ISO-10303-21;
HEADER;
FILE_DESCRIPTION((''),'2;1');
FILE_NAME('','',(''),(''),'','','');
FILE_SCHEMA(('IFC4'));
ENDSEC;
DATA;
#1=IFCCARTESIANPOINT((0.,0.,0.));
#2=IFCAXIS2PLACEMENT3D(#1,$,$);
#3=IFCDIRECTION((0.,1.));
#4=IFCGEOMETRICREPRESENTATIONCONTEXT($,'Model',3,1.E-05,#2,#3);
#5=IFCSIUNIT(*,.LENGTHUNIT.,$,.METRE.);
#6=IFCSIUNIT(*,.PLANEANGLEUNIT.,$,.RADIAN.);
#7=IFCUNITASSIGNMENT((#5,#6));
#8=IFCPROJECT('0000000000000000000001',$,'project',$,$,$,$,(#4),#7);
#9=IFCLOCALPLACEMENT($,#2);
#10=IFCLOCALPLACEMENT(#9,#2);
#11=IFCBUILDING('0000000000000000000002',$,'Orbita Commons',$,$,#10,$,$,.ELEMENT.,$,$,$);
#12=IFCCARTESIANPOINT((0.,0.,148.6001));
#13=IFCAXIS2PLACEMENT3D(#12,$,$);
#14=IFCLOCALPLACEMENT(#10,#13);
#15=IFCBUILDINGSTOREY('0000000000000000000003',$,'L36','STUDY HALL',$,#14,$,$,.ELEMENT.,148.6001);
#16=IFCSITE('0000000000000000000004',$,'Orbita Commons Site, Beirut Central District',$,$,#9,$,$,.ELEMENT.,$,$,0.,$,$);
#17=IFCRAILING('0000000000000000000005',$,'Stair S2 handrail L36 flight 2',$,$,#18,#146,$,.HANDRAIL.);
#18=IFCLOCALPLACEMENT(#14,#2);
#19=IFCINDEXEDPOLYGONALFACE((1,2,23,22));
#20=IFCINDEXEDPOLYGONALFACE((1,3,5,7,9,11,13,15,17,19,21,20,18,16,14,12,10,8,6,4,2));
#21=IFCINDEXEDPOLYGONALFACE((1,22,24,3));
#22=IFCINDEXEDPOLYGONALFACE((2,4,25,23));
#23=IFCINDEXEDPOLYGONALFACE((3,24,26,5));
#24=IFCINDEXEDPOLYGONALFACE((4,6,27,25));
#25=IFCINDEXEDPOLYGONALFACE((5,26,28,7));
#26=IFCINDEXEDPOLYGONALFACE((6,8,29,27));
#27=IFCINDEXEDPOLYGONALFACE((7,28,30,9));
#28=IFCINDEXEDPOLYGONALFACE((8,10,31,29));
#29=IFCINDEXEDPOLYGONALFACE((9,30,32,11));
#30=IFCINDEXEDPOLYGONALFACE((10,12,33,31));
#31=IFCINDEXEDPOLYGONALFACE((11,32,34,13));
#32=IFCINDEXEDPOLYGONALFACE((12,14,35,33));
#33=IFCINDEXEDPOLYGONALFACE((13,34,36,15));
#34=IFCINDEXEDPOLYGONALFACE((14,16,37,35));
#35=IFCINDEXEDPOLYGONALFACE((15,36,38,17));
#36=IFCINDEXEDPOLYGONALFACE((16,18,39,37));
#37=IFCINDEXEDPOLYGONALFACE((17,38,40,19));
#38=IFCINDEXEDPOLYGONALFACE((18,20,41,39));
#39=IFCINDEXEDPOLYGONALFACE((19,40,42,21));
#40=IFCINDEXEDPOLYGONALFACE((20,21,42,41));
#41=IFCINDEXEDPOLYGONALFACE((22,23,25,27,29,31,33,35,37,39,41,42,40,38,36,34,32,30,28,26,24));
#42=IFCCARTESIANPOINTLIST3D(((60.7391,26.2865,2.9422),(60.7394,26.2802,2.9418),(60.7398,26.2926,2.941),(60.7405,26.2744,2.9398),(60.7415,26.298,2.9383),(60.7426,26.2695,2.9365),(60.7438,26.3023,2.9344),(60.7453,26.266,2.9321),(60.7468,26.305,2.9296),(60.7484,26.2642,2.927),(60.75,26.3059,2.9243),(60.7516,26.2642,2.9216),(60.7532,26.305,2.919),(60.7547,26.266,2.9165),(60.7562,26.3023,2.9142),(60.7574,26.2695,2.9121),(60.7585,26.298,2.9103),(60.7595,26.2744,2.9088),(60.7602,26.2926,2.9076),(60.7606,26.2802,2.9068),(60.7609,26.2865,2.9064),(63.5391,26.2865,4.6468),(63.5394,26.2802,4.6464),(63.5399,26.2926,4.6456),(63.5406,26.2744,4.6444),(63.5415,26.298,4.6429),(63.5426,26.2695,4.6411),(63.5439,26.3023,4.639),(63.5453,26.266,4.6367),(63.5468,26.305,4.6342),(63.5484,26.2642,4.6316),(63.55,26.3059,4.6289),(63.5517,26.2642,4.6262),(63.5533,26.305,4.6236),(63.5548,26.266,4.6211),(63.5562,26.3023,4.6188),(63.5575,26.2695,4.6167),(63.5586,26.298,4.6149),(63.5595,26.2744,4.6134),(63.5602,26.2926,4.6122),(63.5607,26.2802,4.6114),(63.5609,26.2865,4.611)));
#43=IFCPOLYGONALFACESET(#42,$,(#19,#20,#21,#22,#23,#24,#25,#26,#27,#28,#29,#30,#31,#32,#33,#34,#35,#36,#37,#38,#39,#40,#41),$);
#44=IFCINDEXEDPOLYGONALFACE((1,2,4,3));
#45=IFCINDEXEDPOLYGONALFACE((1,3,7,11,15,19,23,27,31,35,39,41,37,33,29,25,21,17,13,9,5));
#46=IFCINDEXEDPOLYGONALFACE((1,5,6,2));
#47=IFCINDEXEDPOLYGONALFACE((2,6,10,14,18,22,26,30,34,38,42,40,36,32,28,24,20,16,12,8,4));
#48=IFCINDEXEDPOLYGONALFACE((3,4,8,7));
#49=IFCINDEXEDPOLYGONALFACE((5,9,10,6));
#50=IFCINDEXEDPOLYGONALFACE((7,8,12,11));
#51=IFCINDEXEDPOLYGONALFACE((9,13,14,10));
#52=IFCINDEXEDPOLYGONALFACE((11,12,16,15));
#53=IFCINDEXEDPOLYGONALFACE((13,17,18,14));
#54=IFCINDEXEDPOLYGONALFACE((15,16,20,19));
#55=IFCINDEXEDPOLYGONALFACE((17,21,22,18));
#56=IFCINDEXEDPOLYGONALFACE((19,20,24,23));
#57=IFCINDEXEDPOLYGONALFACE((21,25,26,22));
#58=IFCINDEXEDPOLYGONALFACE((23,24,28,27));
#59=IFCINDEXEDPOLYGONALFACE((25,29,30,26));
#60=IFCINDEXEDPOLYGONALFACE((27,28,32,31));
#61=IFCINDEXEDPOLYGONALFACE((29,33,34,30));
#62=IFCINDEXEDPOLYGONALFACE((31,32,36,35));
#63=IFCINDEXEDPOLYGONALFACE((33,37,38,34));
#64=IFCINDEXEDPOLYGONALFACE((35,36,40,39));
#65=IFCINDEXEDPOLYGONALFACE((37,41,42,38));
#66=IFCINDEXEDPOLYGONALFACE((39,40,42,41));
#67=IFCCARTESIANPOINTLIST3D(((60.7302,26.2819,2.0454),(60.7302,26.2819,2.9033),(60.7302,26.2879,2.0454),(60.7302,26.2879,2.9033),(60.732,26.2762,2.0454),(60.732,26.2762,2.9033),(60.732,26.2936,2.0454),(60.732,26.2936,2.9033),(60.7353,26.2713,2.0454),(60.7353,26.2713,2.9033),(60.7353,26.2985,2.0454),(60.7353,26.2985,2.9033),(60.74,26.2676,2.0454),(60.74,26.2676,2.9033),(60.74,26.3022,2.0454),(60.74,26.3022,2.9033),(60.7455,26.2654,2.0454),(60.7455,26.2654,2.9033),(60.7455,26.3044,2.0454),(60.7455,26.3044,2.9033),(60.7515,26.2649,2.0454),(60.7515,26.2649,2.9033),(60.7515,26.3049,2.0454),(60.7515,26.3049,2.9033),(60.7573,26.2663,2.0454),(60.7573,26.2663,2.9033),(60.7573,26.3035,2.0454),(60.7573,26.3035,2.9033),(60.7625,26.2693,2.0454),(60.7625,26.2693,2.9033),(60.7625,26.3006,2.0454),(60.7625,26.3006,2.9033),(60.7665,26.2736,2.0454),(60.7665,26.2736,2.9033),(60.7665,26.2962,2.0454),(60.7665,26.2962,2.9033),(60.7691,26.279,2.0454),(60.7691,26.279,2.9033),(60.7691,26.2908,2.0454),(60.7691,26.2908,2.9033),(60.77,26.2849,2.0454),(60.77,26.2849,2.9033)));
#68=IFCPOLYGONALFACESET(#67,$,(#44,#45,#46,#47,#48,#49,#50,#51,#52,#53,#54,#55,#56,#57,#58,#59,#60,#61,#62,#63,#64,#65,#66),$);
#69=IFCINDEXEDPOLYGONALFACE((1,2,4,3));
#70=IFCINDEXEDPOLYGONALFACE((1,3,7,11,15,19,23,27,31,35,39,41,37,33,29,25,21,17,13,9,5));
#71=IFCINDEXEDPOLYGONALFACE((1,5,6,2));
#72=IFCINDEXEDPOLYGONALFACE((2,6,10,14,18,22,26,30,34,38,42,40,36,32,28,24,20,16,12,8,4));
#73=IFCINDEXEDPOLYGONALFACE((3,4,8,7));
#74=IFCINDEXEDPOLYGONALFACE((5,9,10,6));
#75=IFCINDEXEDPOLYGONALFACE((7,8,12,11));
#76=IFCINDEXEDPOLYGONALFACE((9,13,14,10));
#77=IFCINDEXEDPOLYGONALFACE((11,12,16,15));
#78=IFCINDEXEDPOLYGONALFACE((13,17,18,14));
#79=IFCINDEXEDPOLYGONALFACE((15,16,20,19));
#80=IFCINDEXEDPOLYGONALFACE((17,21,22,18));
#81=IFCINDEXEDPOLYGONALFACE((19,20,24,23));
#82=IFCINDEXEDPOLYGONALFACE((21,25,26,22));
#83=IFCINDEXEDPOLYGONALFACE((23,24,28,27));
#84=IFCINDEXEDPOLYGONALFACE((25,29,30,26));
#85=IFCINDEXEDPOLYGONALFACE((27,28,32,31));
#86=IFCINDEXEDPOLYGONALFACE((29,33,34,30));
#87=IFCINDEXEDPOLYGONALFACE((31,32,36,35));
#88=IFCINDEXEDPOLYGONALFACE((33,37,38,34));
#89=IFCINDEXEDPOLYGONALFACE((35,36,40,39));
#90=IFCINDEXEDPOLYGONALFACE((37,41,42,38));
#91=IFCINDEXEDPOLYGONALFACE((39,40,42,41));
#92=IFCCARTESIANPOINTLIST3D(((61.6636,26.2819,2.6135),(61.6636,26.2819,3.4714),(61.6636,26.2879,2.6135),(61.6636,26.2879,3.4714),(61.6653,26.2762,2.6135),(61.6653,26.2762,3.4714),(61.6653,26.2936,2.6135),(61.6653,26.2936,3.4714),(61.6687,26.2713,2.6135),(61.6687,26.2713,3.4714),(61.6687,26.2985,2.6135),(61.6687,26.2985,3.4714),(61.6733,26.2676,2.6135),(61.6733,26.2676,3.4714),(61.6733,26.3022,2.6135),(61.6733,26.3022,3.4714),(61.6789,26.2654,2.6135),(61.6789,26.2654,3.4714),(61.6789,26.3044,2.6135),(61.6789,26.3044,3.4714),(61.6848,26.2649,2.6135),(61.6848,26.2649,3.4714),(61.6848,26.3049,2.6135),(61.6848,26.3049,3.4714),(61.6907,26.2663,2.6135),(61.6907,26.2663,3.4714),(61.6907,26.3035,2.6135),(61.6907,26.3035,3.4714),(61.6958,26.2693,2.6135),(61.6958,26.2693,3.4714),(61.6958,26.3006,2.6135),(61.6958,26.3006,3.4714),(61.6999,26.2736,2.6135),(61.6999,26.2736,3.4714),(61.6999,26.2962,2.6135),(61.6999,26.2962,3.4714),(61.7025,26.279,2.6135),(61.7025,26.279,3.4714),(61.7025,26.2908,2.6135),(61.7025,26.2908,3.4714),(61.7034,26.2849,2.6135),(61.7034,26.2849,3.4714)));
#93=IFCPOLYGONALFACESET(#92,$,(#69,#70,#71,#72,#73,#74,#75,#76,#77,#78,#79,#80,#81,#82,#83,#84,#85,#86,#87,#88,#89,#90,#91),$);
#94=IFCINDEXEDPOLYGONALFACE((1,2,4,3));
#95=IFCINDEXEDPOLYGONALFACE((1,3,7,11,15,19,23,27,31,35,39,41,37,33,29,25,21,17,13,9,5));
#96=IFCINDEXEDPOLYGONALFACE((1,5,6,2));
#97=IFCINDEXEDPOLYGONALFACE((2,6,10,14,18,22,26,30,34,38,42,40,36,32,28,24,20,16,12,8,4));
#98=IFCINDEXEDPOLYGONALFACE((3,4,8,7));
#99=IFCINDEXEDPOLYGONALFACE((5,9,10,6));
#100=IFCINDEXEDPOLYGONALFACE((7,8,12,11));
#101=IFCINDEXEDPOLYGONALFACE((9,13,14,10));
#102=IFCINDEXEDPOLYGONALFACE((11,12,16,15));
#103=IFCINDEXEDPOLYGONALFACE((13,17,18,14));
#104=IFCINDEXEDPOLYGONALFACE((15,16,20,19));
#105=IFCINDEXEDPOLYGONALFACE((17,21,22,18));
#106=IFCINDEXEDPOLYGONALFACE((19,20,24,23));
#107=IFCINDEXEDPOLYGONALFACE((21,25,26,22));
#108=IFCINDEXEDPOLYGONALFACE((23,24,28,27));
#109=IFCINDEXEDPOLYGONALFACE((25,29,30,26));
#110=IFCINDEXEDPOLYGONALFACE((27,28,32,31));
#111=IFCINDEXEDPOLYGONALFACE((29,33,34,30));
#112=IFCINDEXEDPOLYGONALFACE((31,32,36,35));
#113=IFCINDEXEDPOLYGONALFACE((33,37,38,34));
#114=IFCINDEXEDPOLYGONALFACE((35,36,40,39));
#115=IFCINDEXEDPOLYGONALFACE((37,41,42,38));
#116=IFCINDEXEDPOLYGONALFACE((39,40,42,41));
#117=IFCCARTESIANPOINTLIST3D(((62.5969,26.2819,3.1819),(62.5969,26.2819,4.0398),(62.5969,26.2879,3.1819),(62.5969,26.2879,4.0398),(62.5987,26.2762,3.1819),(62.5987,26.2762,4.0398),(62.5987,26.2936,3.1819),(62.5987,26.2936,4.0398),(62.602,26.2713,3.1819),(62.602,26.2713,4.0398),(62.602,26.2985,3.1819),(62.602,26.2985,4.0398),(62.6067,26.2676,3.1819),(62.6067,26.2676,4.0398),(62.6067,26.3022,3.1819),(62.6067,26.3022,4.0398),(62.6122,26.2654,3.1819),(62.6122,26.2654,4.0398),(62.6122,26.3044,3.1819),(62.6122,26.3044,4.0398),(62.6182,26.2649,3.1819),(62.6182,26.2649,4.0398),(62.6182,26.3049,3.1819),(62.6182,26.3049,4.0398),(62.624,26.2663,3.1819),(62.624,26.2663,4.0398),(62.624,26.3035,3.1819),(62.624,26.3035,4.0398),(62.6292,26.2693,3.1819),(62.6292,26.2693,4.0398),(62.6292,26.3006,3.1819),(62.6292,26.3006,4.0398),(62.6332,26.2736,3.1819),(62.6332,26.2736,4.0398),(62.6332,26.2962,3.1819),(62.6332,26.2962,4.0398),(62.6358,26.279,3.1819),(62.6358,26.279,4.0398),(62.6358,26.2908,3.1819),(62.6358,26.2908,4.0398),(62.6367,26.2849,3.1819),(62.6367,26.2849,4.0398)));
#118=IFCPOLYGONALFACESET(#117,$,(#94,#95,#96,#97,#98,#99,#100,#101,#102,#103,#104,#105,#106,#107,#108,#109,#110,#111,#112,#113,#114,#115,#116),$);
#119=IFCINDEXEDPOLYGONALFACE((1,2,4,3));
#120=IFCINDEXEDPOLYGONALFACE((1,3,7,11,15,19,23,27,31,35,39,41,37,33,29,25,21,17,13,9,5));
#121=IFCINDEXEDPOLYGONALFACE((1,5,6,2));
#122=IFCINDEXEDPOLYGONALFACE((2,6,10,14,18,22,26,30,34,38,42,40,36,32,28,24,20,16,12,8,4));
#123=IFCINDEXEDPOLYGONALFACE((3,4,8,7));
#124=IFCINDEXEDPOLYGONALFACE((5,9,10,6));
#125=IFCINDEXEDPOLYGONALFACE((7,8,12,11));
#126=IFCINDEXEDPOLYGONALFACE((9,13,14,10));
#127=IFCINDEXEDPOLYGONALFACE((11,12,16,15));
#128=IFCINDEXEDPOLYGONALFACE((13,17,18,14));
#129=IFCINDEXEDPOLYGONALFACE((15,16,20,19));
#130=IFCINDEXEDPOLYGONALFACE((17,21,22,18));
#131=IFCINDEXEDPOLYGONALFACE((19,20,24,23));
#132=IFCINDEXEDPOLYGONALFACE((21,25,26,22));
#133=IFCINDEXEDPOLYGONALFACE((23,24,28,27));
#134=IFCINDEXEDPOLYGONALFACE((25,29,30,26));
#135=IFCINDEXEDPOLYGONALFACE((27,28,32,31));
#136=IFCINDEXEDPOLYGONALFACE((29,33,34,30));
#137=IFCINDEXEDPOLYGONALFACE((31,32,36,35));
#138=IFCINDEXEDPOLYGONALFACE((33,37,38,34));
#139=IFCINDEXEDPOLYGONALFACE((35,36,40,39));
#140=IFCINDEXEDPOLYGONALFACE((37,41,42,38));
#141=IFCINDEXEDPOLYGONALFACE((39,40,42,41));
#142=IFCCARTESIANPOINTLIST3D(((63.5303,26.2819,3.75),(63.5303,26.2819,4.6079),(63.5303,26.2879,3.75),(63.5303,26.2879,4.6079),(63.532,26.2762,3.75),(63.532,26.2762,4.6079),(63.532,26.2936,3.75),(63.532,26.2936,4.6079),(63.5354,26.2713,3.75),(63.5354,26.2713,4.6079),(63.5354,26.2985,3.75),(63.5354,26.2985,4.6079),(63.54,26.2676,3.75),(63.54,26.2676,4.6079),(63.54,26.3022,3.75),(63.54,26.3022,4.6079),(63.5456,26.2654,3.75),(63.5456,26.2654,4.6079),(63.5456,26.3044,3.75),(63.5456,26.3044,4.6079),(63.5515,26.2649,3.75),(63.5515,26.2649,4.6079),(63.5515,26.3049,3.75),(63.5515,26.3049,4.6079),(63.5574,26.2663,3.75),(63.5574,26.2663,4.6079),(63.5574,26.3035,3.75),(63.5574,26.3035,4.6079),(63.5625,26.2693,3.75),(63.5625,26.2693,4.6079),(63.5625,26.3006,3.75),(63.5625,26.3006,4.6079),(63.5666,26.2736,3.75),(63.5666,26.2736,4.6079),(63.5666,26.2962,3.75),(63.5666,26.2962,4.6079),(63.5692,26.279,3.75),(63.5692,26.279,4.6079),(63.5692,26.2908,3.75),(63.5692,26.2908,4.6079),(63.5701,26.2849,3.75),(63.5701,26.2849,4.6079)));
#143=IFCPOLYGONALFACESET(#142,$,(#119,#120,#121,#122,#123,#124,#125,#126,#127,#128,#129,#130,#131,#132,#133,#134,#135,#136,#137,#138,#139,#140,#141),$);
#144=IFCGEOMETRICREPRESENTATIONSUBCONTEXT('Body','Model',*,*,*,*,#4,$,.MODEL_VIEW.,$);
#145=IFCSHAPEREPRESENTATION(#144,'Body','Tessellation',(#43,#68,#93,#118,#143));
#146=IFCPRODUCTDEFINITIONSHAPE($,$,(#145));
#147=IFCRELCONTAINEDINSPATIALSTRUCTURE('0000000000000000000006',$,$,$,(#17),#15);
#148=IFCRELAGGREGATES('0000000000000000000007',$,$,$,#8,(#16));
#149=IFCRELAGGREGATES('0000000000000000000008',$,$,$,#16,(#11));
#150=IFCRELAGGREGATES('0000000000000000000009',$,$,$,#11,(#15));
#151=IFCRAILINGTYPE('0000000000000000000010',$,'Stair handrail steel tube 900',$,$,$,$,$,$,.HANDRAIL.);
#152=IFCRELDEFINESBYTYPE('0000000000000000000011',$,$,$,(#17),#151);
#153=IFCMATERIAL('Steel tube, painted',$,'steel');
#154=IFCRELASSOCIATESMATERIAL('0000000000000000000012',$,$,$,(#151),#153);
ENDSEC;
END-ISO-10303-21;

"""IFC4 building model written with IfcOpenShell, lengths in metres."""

from ifc_helpers import new_model, si_unit, direction, frame, origin, origin_2d, place, context, subcontext, project, spatial, circle, extrude, material, type_object, element, save


model = new_model("IFC4")

# Units and contexts
model_context = context("Model", 3, precision=1e-05, world=origin(), true_north=direction((0.0, 1.0)))
body_context = subcontext(model_context, "Body", "Model", "MODEL_VIEW")
ifc_project = project(units=[si_unit("LENGTHUNIT", "METRE"), si_unit("PLANEANGLEUNIT", "RADIAN")], contexts=[model_context])

# Site, building, storey
site_placement = place(None, origin())
site = spatial("IfcSite", under=ifc_project, at=site_placement, Name="Orbita Commons Site, Beirut Central District", CompositionType="ELEMENT", RefElevation=0.0)
building_placement = place(site_placement, origin())
building = spatial("IfcBuilding", under=site, at=building_placement, Name="Orbita Commons", CompositionType="ELEMENT")
storey_placement = place(building_placement, frame((0.0, 0.0, 148.6001)))
storey = spatial("IfcBuildingStorey", under=building, at=storey_placement, Name="L36", Description="STUDY HALL", CompositionType="ELEMENT", Elevation=148.6001)

# Railing
ifc_material_1 = material(Name="Steel tube, painted", Category="steel")
railing_type = type_object("IfcRailingType", Name="Stair handrail steel tube 900", PredefinedType="HANDRAIL", material=ifc_material_1)
for number, where, name in (
    (1, (60.75, 26.2849, 2.0454), "Stair S2 handrail L36 flight 2"),
):
    element("IfcRailing", number, at=place(storey_placement, frame(where)), inside=storey, type_object=railing_type, Name=name, PredefinedType="HANDRAIL", context=body_context, shape_type="SweptSolid", body=[
        extrude(circle(Radius=0.021, at=origin_2d()), frame((0.0, 0.0, 0.8789), z_axis=(0.85417, 0.0, 0.519994), x_axis=(0.0, 1.0, 0.0)), (0.0, 0.0, 1.0), 3.2781),
        extrude(circle(Radius=0.02, at=origin_2d()), origin(), (0.0, 0.0, 1.0), 0.8579),
        extrude(circle(Radius=0.02, at=origin_2d()), frame((0.9333, 0.0, 0.5681)), (0.0, 0.0, 1.0), 0.8579),
        extrude(circle(Radius=0.02, at=origin_2d()), frame((1.8667, 0.0, 1.1365)), (0.0, 0.0, 1.0), 0.8579),
        extrude(circle(Radius=0.02, at=origin_2d()), frame((2.8, 0.0, 1.7046)), (0.0, 0.0, 1.0), 0.8579),
    ])

save(model, "model.ifc")
